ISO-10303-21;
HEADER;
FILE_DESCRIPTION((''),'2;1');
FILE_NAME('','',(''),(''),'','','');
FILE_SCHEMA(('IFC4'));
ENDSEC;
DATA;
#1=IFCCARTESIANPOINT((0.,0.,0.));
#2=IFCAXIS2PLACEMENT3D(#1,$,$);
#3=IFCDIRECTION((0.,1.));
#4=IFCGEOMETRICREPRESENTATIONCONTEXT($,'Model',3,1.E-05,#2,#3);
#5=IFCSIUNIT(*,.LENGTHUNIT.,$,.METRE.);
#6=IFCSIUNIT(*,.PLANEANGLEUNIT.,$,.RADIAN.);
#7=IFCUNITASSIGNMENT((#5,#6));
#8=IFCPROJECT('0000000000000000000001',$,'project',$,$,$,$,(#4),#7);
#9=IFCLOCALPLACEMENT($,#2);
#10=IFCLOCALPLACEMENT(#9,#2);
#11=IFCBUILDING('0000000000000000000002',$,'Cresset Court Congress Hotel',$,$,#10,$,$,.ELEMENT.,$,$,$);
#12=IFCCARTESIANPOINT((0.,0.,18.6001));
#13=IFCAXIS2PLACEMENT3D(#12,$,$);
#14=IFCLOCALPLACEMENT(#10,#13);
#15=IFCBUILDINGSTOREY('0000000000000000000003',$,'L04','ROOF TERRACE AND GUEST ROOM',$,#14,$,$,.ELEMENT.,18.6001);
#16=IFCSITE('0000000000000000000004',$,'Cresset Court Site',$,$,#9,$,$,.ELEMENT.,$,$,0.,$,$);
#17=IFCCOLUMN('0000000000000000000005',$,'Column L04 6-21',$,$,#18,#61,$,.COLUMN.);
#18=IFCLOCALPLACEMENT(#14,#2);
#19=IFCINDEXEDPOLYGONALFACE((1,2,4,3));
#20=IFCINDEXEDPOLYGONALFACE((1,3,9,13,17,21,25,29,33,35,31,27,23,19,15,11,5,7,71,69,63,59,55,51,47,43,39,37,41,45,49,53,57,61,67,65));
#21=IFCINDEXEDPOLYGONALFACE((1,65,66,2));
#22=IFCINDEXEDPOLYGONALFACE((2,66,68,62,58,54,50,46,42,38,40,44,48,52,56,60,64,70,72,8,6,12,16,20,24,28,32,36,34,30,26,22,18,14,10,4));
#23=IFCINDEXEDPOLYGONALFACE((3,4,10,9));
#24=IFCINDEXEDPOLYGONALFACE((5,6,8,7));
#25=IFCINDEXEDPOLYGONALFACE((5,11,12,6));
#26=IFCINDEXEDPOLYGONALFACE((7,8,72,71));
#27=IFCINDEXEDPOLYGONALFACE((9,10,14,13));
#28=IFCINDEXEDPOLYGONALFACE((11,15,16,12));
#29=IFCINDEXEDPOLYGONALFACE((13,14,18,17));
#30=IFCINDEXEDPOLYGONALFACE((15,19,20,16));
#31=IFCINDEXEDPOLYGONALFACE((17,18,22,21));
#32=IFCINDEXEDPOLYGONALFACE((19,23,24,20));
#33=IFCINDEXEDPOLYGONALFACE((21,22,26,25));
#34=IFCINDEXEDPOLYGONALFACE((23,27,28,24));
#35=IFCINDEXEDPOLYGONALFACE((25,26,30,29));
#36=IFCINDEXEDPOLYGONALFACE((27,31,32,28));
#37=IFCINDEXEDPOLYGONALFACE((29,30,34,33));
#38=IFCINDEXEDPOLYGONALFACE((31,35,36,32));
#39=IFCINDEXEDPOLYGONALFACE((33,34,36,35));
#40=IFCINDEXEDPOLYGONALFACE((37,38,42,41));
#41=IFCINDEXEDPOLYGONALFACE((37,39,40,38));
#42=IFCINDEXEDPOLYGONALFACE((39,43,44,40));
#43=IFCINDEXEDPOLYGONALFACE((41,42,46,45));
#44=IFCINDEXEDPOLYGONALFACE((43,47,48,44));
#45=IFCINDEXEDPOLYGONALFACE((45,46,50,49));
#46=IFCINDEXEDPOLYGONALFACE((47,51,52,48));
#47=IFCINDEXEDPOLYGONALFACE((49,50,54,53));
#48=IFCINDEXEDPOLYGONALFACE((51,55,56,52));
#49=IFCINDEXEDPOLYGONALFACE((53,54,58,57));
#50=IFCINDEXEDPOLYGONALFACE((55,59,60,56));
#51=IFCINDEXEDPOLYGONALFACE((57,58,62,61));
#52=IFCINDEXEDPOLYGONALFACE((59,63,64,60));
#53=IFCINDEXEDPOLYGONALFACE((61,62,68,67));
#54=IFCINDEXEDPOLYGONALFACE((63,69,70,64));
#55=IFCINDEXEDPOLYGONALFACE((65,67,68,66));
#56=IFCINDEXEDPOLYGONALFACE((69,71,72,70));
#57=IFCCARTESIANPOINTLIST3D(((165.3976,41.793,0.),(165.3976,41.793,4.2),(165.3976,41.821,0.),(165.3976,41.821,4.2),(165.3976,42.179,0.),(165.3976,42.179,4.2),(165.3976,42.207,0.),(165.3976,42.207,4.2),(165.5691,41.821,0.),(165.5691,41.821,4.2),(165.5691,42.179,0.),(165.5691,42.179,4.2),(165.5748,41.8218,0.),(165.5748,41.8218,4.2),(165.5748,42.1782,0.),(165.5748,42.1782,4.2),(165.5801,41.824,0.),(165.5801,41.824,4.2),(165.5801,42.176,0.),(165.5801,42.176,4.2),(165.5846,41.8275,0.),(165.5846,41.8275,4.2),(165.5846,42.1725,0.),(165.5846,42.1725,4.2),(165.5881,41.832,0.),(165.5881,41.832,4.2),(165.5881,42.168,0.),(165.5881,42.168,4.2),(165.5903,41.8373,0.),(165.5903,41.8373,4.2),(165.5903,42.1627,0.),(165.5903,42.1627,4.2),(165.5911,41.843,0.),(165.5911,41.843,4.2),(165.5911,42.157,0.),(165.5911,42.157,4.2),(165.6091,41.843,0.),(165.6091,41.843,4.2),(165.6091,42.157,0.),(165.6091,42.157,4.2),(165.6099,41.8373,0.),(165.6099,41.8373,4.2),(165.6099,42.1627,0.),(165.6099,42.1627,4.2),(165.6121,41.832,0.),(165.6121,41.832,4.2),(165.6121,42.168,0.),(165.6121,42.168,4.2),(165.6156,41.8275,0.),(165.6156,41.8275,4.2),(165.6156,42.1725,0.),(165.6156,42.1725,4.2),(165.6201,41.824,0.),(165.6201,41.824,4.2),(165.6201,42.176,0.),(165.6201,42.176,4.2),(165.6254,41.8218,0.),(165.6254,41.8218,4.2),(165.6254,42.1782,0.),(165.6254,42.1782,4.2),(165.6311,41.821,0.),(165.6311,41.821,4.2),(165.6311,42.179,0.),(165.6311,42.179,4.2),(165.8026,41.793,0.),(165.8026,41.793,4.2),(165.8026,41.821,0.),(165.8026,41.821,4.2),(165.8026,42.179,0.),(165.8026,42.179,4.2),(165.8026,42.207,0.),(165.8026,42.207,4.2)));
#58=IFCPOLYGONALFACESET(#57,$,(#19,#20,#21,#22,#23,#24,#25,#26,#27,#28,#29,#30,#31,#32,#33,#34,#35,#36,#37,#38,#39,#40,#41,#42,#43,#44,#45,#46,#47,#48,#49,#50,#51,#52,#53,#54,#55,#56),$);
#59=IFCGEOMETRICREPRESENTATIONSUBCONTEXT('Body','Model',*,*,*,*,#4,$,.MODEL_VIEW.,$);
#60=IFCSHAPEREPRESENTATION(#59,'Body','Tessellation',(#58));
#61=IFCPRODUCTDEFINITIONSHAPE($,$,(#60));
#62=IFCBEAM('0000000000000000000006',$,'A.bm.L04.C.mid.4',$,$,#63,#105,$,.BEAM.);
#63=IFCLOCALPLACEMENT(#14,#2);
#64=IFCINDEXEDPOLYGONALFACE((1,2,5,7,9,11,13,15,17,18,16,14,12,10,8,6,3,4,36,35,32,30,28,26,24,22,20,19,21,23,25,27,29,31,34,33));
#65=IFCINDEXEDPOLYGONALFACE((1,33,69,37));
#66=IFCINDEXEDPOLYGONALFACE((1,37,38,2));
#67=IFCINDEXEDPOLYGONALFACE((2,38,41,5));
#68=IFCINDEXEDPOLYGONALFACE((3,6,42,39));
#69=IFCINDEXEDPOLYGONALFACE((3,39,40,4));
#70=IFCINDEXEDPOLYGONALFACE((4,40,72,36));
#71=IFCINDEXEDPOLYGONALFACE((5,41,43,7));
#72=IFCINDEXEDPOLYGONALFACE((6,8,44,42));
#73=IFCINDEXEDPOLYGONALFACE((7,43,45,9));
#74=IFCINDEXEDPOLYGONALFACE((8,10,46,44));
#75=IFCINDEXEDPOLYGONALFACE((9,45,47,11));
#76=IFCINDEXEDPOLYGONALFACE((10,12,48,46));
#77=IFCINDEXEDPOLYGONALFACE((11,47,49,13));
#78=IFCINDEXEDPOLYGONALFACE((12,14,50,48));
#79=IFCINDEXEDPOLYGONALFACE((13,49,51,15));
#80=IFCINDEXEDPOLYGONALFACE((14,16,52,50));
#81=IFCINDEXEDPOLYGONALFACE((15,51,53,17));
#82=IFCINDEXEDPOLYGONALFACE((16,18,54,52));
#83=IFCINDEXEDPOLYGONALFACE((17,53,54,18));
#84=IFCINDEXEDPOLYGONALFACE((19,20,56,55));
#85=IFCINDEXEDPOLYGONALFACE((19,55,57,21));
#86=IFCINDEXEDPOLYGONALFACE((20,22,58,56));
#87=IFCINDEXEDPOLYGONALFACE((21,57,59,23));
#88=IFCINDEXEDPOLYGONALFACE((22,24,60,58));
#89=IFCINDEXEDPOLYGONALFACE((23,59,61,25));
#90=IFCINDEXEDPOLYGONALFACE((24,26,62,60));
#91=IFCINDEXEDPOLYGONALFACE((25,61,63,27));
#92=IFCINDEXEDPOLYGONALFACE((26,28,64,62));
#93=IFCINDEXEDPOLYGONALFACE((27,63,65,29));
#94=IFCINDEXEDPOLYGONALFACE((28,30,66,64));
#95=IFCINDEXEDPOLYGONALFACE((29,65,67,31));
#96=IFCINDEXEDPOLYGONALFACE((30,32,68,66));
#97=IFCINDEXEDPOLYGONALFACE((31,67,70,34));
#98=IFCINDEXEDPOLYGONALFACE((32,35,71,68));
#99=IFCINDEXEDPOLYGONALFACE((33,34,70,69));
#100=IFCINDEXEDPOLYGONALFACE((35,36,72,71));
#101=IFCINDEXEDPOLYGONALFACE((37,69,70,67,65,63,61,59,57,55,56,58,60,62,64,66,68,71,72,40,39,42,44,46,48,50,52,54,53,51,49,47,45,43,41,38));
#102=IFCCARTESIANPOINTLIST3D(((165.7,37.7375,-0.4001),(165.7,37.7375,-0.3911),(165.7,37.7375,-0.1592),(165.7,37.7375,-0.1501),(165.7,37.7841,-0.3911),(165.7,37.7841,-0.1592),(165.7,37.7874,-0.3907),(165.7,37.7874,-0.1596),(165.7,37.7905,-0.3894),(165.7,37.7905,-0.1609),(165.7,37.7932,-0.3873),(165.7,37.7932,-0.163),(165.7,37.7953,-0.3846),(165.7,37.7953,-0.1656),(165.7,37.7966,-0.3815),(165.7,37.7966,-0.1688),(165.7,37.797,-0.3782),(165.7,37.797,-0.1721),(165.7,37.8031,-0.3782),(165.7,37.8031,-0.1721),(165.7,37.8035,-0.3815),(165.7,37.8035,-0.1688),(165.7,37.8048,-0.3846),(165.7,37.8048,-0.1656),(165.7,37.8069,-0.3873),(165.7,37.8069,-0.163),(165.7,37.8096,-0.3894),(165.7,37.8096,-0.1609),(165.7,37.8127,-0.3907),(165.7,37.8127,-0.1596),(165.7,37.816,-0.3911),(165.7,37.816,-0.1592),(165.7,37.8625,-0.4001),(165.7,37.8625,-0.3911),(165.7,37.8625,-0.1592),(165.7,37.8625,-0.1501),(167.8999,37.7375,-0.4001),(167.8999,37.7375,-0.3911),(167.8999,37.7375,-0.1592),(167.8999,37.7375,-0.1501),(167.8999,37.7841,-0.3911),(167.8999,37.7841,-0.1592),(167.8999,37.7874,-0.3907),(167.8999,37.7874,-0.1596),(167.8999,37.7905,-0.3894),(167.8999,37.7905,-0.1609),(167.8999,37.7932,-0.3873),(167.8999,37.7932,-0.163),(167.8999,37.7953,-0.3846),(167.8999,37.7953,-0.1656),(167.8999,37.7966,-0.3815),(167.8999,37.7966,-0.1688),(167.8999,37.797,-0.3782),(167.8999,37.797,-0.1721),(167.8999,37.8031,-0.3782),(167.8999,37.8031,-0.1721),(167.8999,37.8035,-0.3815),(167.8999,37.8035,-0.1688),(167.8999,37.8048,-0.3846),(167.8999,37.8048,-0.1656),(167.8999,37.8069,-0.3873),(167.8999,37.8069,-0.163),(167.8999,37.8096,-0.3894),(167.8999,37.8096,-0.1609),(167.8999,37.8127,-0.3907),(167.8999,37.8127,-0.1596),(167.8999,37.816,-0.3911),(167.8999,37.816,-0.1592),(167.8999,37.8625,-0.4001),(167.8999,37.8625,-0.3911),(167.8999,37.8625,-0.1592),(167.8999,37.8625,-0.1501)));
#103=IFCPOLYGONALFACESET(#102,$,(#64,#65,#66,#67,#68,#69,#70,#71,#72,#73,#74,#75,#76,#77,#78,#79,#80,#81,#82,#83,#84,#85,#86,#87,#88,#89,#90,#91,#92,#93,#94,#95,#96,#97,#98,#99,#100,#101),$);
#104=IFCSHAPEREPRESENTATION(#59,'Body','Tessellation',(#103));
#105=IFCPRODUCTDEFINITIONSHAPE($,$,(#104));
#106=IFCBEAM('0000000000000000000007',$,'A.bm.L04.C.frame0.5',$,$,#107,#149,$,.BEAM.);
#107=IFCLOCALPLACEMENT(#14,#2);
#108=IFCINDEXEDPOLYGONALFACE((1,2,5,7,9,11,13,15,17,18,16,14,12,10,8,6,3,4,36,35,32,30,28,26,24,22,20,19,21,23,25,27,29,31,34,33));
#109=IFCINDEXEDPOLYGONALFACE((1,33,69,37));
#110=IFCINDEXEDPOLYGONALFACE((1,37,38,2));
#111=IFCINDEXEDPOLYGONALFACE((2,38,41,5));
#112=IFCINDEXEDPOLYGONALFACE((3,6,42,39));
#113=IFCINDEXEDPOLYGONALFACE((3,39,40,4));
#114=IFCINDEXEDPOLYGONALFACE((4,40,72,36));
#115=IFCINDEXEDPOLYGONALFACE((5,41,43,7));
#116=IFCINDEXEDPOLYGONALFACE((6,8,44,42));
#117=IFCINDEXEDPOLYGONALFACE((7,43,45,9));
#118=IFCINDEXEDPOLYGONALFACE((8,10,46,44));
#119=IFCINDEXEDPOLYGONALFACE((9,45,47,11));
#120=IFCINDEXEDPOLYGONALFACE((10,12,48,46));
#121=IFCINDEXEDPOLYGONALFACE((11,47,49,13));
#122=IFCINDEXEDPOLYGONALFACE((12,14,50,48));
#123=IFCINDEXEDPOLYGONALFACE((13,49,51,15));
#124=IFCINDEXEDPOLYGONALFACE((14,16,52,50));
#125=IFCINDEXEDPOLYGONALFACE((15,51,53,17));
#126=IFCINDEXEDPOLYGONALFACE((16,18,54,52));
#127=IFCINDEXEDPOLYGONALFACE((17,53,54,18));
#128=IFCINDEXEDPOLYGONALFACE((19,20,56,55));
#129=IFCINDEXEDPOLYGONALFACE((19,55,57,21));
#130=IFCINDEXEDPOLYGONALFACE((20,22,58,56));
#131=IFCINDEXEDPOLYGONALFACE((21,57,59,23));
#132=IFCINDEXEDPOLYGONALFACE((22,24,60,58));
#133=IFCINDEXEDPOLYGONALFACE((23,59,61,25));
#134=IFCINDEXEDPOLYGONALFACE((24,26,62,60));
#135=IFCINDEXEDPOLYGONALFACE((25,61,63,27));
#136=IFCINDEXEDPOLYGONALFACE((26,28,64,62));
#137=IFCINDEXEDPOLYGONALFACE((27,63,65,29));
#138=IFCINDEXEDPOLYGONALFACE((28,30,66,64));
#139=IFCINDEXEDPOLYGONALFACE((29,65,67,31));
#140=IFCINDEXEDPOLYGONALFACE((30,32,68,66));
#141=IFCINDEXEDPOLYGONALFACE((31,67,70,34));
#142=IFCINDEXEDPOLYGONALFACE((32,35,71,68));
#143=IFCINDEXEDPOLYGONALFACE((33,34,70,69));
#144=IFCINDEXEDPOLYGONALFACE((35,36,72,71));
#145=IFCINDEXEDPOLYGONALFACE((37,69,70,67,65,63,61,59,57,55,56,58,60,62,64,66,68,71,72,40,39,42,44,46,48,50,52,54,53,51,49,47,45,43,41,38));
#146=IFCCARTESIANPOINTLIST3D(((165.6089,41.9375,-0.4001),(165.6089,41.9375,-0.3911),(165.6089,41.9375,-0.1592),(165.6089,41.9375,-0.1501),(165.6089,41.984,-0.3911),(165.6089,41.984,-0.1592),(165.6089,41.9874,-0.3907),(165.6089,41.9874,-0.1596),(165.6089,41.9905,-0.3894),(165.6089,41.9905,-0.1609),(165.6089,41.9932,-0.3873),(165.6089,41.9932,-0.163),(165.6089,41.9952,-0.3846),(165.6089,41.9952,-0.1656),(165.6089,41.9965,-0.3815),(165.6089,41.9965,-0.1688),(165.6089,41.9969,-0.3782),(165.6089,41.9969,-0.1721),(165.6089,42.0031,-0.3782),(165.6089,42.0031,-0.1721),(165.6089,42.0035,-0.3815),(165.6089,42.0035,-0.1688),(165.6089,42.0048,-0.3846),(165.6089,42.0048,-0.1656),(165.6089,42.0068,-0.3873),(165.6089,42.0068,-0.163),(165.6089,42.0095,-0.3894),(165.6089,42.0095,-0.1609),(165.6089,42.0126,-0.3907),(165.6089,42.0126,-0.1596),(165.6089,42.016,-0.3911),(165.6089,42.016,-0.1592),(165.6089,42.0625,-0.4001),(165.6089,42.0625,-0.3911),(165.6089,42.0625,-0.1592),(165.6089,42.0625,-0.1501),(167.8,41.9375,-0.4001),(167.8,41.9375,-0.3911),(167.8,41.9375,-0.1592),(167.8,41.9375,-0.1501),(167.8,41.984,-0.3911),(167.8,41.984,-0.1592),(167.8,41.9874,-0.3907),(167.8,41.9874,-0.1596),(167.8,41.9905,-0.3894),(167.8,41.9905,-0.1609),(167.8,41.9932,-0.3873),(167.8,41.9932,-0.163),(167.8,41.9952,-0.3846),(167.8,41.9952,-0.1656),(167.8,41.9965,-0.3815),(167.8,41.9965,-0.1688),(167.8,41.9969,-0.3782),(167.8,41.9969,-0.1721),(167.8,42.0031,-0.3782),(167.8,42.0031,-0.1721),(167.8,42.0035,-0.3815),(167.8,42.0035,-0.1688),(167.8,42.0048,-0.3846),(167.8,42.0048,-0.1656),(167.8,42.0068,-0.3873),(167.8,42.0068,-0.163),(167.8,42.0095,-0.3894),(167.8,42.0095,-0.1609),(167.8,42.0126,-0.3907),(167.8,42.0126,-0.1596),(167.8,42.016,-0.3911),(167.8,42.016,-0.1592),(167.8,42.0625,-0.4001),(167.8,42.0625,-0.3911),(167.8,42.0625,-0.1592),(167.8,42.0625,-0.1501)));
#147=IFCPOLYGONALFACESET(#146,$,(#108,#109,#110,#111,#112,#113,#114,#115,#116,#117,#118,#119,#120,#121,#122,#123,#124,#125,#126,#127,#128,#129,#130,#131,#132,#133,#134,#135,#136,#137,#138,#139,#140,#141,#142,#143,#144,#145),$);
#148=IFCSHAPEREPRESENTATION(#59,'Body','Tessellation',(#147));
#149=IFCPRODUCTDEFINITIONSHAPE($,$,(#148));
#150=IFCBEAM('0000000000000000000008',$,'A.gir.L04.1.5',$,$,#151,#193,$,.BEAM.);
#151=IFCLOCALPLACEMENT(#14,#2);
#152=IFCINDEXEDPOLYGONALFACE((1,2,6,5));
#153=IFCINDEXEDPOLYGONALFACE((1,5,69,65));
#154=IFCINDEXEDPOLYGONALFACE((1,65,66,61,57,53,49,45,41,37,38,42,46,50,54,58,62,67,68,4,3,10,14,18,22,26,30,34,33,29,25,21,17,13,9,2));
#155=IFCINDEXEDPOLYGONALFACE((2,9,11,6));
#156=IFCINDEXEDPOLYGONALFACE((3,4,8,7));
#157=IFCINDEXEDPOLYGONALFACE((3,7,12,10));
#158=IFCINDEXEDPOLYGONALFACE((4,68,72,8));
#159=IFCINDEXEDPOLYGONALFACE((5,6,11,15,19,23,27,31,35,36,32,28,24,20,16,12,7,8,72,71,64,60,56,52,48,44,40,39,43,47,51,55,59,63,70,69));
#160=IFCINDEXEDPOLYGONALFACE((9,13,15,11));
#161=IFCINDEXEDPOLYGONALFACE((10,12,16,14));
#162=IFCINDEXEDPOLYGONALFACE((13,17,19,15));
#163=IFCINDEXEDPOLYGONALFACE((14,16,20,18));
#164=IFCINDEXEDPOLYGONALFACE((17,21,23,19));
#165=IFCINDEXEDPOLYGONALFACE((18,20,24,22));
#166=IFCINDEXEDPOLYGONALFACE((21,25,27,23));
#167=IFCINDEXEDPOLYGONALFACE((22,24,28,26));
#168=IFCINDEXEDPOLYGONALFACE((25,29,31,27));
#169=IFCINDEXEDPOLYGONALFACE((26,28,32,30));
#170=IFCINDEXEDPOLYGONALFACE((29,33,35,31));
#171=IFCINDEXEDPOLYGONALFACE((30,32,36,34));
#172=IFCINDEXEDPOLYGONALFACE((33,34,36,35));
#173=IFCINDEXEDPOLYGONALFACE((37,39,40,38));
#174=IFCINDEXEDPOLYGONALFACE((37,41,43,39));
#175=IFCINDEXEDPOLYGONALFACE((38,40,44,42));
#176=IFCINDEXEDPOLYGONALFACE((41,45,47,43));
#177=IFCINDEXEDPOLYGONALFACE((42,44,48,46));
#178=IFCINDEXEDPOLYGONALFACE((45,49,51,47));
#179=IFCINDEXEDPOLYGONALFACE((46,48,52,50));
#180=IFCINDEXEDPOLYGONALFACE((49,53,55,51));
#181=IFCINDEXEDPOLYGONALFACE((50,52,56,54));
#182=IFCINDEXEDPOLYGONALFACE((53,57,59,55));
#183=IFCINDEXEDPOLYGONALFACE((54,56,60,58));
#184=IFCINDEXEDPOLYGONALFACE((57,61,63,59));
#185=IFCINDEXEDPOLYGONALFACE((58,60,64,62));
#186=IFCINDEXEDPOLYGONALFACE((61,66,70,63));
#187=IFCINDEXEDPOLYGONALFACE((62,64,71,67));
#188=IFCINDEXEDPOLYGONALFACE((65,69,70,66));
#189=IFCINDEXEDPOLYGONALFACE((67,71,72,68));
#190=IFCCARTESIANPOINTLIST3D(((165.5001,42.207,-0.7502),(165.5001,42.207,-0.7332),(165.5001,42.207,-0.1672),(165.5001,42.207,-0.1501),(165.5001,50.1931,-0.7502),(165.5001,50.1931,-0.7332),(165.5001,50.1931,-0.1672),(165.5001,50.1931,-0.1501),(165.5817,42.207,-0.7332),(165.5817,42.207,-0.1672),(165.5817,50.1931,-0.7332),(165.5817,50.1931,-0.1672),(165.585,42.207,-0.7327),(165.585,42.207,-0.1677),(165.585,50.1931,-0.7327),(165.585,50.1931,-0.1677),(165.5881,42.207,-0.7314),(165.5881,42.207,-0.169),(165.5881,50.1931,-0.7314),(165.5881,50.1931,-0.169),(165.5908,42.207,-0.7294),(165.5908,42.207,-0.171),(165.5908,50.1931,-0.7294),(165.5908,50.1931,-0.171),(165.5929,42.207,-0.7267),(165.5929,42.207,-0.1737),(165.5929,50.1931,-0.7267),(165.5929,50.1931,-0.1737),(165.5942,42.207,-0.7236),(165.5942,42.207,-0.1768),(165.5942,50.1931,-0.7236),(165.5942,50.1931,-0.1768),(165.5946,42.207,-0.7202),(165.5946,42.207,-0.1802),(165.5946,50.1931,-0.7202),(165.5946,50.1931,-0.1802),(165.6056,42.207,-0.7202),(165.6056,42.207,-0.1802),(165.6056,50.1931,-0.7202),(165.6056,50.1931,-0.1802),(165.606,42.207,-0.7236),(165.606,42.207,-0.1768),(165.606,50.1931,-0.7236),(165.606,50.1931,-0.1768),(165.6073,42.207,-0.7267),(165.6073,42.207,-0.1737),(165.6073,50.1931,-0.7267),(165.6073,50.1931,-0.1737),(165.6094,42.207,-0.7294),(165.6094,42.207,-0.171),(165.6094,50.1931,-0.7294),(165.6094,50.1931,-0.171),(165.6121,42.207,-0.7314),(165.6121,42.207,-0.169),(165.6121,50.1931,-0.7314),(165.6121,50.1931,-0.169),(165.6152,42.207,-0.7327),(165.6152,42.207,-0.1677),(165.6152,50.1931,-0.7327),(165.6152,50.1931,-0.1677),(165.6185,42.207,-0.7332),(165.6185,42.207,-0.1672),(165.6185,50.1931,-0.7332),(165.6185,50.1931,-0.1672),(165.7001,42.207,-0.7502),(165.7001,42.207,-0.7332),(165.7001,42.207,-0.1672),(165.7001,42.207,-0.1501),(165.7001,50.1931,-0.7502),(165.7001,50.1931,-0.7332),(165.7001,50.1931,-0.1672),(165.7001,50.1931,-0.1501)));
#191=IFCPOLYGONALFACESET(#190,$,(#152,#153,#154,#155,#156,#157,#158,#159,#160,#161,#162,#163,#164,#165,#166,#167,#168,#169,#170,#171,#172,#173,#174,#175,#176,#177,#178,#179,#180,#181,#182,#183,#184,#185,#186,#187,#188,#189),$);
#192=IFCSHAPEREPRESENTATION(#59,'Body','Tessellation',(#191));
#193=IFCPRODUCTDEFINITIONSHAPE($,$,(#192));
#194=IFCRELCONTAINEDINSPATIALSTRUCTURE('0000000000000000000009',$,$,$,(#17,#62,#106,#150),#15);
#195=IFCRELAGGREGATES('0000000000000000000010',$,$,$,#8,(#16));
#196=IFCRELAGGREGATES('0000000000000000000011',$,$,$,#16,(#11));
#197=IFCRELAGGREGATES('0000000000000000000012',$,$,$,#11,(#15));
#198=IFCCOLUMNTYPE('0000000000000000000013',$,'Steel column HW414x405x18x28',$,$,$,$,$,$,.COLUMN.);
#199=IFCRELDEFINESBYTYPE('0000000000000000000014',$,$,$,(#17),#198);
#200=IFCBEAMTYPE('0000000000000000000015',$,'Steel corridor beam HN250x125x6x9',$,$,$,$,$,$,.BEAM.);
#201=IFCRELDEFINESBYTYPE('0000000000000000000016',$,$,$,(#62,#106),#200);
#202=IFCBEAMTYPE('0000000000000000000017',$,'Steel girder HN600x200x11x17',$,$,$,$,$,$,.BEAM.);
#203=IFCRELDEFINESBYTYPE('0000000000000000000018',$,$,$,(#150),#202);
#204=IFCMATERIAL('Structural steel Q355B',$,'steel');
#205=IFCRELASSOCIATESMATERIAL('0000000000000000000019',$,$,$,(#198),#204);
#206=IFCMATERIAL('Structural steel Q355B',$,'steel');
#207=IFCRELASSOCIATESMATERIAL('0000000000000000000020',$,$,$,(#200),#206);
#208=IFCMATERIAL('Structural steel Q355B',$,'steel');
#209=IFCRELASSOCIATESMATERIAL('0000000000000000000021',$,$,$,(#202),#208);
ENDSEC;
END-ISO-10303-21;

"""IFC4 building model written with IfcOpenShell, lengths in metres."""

from ifc_helpers import new_model, si_unit, direction, frame, origin, origin_2d, place, context, subcontext, project, spatial, i_section, extrude, material, material_profile, profile_set, type_object, element, save


model = new_model("IFC4")

# Units and contexts
model_context = context("Model", 3, precision=1e-05, world=origin(), true_north=direction((0.0, 1.0)))
body_context = subcontext(model_context, "Body", "Model", "MODEL_VIEW")
ifc_project = project(units=[si_unit("LENGTHUNIT", "METRE"), si_unit("PLANEANGLEUNIT", "RADIAN")], contexts=[model_context])

# Site, building, storey
site_placement = place(None, origin())
site = spatial("IfcSite", under=ifc_project, at=site_placement, Name="Cresset Court Site", CompositionType="ELEMENT", RefElevation=0.0)
building_placement = place(site_placement, origin())
building = spatial("IfcBuilding", under=site, at=building_placement, Name="Cresset Court Congress Hotel", CompositionType="ELEMENT")
storey_placement = place(building_placement, frame((0.0, 0.0, 18.6001)))
storey = spatial("IfcBuildingStorey", under=building, at=storey_placement, Name="L04", Description="ROOF TERRACE AND GUEST ROOM", CompositionType="ELEMENT", Elevation=18.6001)

# Column
ifc_material_1 = material(Name="Structural steel Q355B", Category="steel")
ifc_material_profile_1 = material_profile(ifc_material_1, i_section(OverallWidth=0.405, OverallDepth=0.4141, WebThickness=0.0181, FlangeThickness=0.0281, FilletRadius=0.022, at=origin_2d()), Name="HW414x405x18x28")
ifc_profile_set_1 = profile_set([ifc_material_profile_1], Name="Structural steel Q355B")
column_type = type_object("IfcColumnType", Name="Steel column HW414x405x18x28", PredefinedType="COLUMN", material=ifc_profile_set_1)
column_placement = place(storey_placement, frame((165.6001, 42.0, 0.0), z_axis=(0.0, 0.0, 1.0), x_axis=(1.0, 0.0, 0.0)))
element("IfcColumn", 1, at=column_placement, inside=storey, type_object=column_type, Name="Column L04 6-21", PredefinedType="COLUMN", context=body_context, shape_type="SweptSolid", body=[
    extrude(i_section(OverallWidth=0.405, OverallDepth=0.4141, WebThickness=0.0181, FlangeThickness=0.0281, FilletRadius=0.022, at=origin_2d()), origin(), (0.0, 0.0, 1.0), 4.2),
])

# Beams
ifc_material_2 = material(Name="Structural steel Q355B", Category="steel")
ifc_material_profile_2 = material_profile(ifc_material_2, i_section(OverallWidth=0.125, OverallDepth=0.25, WebThickness=0.0061, FlangeThickness=0.009, FilletRadius=0.0129, at=origin_2d()), Name="HN250x125x6x9")
ifc_profile_set_2 = profile_set([ifc_material_profile_2], Name="Structural steel Q355B")
beam_type_1 = type_object("IfcBeamType", Name="Steel corridor beam HN250x125x6x9", PredefinedType="BEAM", material=ifc_profile_set_2)
beam_1_placement = place(storey_placement, frame((165.7, 37.8, -0.2751), z_axis=(1.0, 0.0, 0.0), x_axis=(0.0, 1.0, 0.0)))
element("IfcBeam", 2, at=beam_1_placement, inside=storey, type_object=beam_type_1, Name="A.bm.L04.C.mid.4", PredefinedType="BEAM", context=body_context, shape_type="SweptSolid", body=[
    extrude(i_section(OverallWidth=0.125, OverallDepth=0.25, WebThickness=0.0061, FlangeThickness=0.009, FilletRadius=0.0129, at=origin_2d()), origin(), (0.0, 0.0, 1.0), 2.2),
])
beam_2_placement = place(storey_placement, frame((165.6089, 42.0, -0.2751), z_axis=(1.0, 0.0, 0.0), x_axis=(0.0, 1.0, 0.0)))
element("IfcBeam", 3, at=beam_2_placement, inside=storey, type_object=beam_type_1, Name="A.bm.L04.C.frame0.5", PredefinedType="BEAM", context=body_context, shape_type="SweptSolid", body=[
    extrude(i_section(OverallWidth=0.125, OverallDepth=0.25, WebThickness=0.0061, FlangeThickness=0.009, FilletRadius=0.0129, at=origin_2d()), origin(), (0.0, 0.0, 1.0), 2.1912),
])
ifc_material_3 = material(Name="Structural steel Q355B", Category="steel")
ifc_material_profile_3 = material_profile(ifc_material_3, i_section(OverallWidth=0.2, OverallDepth=0.6001, WebThickness=0.011, FlangeThickness=0.0171, FilletRadius=0.0129, at=origin_2d()), Name="HN600x200x11x17")
ifc_profile_set_3 = profile_set([ifc_material_profile_3], Name="Structural steel Q355B")
beam_type_2 = type_object("IfcBeamType", Name="Steel girder HN600x200x11x17", PredefinedType="BEAM", material=ifc_profile_set_3)
beam_3_placement = place(storey_placement, frame((165.6001, 42.207, -0.4502), z_axis=(0.0, 1.0, 0.0), x_axis=(-1.0, 0.0, 0.0)))
element("IfcBeam", 4, at=beam_3_placement, inside=storey, type_object=beam_type_2, Name="A.gir.L04.1.5", PredefinedType="BEAM", context=body_context, shape_type="SweptSolid", body=[
    extrude(i_section(OverallWidth=0.2, OverallDepth=0.6001, WebThickness=0.011, FlangeThickness=0.0171, FilletRadius=0.0129, at=origin_2d()), origin(), (0.0, 0.0, 1.0), 7.9861),
])

save(model, "model.ifc")
